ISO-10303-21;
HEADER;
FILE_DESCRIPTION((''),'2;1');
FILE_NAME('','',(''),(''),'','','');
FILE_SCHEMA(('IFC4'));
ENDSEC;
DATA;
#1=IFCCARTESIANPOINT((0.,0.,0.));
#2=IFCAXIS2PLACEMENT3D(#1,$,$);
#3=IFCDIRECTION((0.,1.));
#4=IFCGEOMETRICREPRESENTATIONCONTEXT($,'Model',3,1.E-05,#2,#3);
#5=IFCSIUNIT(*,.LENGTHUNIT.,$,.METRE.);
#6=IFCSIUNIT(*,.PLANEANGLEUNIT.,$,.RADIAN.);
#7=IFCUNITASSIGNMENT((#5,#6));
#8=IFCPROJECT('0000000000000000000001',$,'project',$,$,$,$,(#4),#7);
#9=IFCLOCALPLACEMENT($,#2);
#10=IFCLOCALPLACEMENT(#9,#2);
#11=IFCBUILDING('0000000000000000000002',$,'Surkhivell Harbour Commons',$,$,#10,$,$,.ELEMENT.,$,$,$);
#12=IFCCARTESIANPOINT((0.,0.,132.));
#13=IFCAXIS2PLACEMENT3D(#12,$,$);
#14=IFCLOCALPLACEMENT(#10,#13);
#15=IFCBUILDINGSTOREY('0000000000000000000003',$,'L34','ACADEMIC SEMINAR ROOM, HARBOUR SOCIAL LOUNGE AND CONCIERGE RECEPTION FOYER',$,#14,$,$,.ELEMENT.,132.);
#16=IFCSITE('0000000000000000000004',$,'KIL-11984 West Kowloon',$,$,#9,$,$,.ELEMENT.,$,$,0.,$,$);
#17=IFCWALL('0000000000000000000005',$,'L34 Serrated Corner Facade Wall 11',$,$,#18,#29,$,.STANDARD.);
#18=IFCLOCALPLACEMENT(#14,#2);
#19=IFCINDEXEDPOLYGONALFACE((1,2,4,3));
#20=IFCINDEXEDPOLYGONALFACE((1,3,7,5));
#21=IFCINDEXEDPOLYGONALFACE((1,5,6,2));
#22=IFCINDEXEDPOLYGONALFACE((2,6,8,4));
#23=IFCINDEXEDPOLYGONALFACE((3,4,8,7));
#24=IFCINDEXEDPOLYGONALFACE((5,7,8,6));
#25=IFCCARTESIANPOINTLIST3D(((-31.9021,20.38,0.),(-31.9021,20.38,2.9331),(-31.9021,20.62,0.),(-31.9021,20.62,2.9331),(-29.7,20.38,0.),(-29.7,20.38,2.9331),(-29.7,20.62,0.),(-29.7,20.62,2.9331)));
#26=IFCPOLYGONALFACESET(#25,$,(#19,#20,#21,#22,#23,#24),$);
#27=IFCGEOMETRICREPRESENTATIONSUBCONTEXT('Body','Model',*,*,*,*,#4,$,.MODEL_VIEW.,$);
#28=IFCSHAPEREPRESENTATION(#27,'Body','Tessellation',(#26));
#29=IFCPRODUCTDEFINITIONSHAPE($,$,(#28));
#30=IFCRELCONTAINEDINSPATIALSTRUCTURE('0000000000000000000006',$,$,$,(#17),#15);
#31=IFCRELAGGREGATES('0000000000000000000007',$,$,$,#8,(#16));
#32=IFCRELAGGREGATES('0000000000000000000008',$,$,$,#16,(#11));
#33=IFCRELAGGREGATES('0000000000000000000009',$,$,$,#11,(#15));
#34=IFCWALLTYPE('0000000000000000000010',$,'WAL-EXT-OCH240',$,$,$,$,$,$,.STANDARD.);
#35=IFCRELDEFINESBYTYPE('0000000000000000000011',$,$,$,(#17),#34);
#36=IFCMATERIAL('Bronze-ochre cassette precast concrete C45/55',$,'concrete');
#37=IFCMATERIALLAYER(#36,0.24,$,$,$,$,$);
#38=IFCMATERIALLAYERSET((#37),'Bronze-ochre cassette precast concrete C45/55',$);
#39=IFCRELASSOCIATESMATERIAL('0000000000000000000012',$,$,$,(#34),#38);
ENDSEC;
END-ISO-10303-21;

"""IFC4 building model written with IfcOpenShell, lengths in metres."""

from ifc_helpers import new_model, si_unit, direction, frame, frame_2d, origin, place, context, subcontext, project, spatial, rectangle, extrude, material, layer, layer_set, type_object, element, save


model = new_model("IFC4")

# Units and contexts
model_context = context("Model", 3, precision=1e-05, world=origin(), true_north=direction((0.0, 1.0)))
body_context = subcontext(model_context, "Body", "Model", "MODEL_VIEW")
ifc_project = project(units=[si_unit("LENGTHUNIT", "METRE"), si_unit("PLANEANGLEUNIT", "RADIAN")], contexts=[model_context])

# Site, building, storey
site_placement = place(None, origin())
site = spatial("IfcSite", under=ifc_project, at=site_placement, Name="KIL-11984 West Kowloon", CompositionType="ELEMENT", RefElevation=0.0)
building_placement = place(site_placement, origin())
building = spatial("IfcBuilding", under=site, at=building_placement, Name="Surkhivell Harbour Commons", CompositionType="ELEMENT")
storey_placement = place(building_placement, frame((0.0, 0.0, 132.0)))
storey = spatial("IfcBuildingStorey", under=building, at=storey_placement, Name="L34", Description="ACADEMIC SEMINAR ROOM, HARBOUR SOCIAL LOUNGE AND CONCIERGE RECEPTION FOYER", CompositionType="ELEMENT", Elevation=132.0)

# Shared definitions
ifc_material_1 = material(Name="Bronze-ochre cassette precast concrete C45/55", Category="concrete")
ifc_layer_1 = layer(ifc_material_1, 0.24)
ifc_layer_set_1 = layer_set([ifc_layer_1], Name="Bronze-ochre cassette precast concrete C45/55")
wall_type = type_object("IfcWallType", Name="WAL-EXT-OCH240", PredefinedType="STANDARD", material=ifc_layer_set_1)

# Wall
wall_1_placement = place(storey_placement, frame((-29.7, 20.5, 0.0), z_axis=(0.0, 0.0, 1.0), x_axis=(-1.0, 0.0, 0.0)))
element("IfcWall", 1, at=wall_1_placement, inside=storey, type_object=wall_type, Name="L34 Serrated Corner Facade Wall 11", PredefinedType="STANDARD", context=body_context, shape_type="SweptSolid", body=[
    extrude(rectangle(XDim=2.2021, YDim=0.24, at=frame_2d((1.1011, 0.0))), origin(), (0.0, 0.0, 1.0), 2.9331),
])

save(model, "model.ifc")
